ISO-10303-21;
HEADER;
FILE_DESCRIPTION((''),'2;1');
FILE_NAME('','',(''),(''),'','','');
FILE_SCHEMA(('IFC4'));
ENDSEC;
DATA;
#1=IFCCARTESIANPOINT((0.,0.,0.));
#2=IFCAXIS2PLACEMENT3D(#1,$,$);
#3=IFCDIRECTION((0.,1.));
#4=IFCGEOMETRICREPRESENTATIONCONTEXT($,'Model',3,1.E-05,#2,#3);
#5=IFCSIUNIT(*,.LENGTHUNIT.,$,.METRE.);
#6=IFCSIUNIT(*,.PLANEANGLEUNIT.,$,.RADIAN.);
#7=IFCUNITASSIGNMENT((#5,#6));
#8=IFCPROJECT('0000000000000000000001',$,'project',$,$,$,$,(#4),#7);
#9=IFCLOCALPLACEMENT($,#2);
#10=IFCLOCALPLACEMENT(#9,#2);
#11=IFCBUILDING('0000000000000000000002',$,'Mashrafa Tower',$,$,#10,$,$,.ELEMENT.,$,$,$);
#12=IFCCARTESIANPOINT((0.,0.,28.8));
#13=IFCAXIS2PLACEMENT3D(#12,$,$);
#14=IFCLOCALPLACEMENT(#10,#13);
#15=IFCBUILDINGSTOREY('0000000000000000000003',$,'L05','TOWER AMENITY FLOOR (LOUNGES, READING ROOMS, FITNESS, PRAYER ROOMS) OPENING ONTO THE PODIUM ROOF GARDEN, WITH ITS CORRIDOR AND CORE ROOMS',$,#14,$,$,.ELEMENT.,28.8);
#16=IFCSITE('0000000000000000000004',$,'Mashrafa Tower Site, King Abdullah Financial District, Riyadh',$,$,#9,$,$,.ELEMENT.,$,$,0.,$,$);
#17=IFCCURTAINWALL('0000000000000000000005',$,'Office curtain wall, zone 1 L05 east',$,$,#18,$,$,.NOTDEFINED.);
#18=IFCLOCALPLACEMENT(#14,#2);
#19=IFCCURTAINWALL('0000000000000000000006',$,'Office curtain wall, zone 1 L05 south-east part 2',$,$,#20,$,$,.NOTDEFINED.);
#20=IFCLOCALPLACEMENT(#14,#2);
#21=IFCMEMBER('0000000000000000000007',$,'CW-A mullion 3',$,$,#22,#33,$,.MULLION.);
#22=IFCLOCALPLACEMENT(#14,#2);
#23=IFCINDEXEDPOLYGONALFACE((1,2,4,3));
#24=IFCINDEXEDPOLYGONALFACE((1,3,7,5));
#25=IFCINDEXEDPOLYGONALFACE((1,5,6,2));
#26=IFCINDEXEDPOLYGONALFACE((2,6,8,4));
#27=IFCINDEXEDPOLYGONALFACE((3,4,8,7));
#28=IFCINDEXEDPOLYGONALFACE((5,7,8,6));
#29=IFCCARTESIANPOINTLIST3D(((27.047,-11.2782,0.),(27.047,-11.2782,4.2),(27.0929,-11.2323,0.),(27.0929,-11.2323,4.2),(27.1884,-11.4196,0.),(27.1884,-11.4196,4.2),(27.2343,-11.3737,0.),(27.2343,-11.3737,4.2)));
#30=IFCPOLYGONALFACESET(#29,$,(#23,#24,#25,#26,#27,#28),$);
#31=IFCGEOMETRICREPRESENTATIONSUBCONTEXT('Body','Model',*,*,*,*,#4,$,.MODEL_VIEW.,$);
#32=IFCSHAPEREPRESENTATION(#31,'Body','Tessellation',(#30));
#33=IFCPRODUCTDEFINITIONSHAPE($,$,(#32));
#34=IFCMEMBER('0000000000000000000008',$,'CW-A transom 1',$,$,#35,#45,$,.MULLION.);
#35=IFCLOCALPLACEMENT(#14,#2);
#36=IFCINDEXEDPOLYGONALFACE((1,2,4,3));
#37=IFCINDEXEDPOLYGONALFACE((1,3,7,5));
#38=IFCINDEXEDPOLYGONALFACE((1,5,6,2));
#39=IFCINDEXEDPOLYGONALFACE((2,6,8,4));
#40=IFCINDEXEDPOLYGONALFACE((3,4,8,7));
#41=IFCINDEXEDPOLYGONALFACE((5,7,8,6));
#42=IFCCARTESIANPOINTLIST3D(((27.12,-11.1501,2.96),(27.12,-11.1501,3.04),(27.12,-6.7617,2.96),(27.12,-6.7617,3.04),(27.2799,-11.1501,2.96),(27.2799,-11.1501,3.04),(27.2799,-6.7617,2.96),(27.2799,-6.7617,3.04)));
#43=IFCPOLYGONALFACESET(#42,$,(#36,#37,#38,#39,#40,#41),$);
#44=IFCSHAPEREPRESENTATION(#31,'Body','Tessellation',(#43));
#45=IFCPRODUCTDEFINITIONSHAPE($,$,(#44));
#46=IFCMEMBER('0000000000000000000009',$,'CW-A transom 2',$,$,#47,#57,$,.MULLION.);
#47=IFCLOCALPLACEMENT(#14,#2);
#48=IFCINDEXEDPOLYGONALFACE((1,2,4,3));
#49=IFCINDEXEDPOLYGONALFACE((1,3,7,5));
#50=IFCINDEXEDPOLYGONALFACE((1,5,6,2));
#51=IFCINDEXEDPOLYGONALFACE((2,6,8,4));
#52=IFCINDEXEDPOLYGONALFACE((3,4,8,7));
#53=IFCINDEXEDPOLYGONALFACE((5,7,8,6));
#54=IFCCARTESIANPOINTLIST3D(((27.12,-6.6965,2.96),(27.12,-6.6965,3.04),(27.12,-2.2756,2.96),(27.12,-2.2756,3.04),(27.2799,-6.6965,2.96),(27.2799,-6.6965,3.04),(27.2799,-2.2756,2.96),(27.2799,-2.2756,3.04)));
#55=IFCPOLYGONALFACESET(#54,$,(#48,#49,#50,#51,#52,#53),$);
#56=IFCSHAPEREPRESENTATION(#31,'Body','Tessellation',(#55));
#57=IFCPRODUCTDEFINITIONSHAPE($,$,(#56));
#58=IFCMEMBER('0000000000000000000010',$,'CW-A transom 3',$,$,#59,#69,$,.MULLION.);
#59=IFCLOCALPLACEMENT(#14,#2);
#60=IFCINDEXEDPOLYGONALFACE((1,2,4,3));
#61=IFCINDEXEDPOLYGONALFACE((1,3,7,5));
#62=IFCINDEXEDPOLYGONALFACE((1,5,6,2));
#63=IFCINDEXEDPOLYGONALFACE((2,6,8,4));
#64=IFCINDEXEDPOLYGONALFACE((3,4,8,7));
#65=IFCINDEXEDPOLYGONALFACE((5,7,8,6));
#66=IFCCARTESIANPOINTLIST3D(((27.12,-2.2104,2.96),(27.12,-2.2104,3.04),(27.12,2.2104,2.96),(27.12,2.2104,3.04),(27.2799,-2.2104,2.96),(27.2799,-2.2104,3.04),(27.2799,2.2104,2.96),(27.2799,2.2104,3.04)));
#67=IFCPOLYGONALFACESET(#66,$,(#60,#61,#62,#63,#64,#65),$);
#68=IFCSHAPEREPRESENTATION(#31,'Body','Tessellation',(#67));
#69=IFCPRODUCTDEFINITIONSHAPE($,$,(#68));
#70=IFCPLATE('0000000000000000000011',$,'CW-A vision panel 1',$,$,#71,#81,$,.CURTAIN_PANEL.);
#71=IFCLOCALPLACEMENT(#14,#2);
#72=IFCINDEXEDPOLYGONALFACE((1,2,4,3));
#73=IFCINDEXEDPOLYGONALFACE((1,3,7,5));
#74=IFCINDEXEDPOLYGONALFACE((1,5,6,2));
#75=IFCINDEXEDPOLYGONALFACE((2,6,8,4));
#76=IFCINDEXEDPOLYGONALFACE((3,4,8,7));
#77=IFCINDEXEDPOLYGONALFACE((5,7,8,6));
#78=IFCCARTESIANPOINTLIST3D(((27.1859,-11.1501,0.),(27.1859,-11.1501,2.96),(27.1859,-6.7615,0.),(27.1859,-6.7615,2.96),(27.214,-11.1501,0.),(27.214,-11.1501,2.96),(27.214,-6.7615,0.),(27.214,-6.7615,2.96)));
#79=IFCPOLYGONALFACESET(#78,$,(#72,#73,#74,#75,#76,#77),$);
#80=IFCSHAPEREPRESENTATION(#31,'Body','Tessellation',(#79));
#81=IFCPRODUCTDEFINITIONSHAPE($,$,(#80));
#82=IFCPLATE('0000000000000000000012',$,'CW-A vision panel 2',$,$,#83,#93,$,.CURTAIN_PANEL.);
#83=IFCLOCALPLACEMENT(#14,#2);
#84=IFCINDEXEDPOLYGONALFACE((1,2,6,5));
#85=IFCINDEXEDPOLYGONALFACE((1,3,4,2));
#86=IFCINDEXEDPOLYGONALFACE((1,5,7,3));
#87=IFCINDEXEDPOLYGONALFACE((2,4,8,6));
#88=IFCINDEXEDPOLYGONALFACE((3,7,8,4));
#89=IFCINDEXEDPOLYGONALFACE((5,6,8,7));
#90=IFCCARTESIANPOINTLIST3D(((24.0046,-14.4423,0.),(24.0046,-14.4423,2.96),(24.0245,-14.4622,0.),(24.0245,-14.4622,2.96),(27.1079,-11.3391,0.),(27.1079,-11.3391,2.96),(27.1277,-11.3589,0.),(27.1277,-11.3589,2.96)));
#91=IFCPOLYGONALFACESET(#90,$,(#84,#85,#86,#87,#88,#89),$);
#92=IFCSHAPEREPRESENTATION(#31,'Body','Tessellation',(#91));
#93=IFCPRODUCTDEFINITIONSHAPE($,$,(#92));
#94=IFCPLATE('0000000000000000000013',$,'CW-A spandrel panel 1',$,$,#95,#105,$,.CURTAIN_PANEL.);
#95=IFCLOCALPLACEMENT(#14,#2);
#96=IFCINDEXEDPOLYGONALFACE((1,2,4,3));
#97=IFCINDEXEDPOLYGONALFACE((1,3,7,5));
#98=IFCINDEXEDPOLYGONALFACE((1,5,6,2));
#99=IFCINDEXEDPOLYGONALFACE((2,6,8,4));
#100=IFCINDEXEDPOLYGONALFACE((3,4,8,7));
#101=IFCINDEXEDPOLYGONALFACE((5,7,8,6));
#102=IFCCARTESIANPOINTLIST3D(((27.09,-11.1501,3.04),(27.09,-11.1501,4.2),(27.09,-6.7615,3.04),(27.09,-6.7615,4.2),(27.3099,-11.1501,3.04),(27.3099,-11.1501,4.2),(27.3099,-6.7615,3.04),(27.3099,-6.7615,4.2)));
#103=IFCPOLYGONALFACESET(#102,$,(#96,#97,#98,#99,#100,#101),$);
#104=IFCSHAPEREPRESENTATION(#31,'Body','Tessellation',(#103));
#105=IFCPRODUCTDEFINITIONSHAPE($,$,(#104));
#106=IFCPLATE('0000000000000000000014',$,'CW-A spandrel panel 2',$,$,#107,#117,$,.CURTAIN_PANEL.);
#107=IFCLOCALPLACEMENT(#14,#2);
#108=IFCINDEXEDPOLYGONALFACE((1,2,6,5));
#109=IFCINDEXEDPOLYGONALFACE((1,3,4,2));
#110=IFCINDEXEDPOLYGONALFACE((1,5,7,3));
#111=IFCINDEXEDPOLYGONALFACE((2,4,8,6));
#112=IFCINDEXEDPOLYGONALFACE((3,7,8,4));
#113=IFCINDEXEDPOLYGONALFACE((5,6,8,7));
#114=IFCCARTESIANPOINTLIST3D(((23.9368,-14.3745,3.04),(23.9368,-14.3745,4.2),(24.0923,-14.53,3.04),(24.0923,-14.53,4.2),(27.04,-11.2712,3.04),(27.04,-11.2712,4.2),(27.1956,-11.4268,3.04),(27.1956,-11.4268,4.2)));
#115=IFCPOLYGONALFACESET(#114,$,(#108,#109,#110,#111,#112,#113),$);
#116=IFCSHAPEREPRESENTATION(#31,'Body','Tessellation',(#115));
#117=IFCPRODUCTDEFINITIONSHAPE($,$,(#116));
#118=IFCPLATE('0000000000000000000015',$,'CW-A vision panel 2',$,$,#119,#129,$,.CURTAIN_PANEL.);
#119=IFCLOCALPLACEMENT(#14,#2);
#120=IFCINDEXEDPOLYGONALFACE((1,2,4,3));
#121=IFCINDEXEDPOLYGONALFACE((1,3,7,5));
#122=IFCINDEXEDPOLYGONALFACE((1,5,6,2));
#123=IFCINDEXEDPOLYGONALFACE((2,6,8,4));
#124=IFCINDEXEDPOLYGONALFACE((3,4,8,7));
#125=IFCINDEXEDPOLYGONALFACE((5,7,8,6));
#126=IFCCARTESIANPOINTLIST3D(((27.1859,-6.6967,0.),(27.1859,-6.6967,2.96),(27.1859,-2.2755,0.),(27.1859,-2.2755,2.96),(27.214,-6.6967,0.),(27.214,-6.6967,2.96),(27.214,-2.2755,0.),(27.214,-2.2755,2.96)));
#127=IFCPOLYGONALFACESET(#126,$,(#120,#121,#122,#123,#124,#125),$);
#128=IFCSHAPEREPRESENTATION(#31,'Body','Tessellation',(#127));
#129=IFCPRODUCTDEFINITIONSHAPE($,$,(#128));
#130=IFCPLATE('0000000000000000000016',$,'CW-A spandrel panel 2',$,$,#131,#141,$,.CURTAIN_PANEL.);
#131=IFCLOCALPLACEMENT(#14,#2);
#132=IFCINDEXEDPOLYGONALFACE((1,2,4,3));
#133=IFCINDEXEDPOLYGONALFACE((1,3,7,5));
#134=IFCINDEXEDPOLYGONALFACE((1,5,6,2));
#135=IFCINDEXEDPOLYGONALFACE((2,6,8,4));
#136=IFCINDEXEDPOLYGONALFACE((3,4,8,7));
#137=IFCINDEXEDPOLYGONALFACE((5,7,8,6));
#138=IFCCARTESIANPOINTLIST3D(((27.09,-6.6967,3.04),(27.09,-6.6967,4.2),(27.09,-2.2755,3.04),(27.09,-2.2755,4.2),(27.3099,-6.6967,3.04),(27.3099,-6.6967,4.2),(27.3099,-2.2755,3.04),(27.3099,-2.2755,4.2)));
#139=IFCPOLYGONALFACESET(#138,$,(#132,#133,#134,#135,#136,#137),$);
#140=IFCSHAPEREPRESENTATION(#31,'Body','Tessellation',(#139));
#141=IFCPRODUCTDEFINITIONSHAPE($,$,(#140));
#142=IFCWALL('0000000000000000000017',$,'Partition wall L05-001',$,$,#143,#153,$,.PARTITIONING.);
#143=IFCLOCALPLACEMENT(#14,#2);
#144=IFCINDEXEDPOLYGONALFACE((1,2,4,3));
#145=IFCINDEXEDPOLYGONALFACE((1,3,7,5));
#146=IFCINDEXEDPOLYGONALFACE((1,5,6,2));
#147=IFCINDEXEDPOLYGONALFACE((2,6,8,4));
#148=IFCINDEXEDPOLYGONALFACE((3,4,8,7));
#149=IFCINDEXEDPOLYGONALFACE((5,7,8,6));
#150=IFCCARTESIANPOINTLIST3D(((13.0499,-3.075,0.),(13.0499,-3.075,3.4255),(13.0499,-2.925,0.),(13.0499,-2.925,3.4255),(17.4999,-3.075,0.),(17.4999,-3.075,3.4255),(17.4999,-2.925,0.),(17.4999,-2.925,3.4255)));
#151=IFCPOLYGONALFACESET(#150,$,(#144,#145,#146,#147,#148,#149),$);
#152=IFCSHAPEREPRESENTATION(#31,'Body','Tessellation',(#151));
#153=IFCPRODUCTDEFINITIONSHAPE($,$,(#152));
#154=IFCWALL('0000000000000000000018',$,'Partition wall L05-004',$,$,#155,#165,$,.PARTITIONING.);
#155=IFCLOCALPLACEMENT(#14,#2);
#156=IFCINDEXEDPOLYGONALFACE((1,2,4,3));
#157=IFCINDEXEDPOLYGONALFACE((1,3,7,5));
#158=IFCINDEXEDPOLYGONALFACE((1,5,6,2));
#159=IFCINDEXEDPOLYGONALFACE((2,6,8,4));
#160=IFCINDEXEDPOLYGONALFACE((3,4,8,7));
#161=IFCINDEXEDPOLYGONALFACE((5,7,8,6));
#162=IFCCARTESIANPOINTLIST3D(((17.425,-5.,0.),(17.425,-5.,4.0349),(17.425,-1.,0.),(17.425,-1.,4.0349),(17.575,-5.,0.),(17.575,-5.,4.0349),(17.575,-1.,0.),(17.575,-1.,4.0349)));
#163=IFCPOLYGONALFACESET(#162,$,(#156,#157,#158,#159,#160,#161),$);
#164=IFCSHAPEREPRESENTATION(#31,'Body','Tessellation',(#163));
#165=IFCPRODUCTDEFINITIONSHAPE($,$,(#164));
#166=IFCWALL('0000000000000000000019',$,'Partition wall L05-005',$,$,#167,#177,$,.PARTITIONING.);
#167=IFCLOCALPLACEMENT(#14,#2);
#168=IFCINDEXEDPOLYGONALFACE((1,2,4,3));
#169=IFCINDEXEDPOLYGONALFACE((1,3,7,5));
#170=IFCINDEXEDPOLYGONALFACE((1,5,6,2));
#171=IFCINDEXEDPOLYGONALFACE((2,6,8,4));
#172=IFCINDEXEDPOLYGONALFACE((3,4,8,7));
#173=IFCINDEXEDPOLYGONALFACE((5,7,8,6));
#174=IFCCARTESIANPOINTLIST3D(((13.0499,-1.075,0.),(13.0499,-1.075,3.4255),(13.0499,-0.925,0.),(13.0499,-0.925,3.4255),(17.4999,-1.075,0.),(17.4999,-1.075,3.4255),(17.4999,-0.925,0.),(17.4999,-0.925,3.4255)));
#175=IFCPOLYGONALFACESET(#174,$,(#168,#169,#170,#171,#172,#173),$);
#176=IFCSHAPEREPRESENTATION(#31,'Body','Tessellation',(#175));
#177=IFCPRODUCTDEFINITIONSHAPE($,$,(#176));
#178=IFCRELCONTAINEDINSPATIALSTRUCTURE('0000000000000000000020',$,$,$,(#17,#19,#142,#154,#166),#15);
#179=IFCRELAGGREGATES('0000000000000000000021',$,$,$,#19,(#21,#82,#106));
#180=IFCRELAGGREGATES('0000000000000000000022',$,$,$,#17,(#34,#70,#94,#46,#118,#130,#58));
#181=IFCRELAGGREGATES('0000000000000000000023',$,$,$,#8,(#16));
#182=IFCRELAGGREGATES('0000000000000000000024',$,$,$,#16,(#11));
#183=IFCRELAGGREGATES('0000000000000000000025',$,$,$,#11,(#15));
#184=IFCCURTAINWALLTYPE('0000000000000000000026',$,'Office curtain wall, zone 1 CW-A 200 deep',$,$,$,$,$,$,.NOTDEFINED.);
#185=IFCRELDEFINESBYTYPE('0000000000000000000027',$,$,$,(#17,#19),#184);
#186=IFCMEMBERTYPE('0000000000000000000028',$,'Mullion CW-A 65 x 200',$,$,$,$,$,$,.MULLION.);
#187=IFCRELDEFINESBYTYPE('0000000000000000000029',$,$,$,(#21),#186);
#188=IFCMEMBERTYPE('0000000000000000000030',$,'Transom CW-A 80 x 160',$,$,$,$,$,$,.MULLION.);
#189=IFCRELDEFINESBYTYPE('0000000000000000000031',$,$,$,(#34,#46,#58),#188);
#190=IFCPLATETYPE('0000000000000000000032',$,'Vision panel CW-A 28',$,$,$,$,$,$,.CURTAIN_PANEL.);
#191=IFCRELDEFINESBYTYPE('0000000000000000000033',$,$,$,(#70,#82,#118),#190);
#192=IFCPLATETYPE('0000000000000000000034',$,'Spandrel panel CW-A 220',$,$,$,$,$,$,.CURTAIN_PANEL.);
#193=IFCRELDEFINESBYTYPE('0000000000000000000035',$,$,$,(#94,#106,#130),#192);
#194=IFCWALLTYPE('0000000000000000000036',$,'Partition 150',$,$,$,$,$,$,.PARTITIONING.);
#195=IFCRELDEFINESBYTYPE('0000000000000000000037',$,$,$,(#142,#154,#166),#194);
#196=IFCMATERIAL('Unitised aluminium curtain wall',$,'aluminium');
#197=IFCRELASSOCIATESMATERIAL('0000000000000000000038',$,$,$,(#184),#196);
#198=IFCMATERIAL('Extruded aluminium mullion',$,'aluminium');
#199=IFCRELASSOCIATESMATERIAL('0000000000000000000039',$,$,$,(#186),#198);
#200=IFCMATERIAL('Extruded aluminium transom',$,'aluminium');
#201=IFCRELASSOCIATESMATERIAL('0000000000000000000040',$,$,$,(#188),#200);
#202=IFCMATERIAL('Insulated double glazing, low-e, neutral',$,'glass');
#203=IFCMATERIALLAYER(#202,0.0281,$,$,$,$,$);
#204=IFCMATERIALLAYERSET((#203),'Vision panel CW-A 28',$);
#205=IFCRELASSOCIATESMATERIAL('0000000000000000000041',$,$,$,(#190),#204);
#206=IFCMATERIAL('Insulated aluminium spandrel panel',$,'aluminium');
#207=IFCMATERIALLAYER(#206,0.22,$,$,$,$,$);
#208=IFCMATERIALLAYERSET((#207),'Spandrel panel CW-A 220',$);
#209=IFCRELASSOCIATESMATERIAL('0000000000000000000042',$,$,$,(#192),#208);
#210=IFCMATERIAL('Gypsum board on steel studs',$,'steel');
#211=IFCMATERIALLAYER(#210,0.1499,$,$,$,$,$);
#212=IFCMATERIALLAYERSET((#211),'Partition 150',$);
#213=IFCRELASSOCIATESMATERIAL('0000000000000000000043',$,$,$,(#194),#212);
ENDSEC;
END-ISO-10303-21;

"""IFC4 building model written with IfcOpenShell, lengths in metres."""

from ifc_helpers import new_model, si_unit, direction, frame, frame_2d, origin, origin_2d, place, context, subcontext, project, spatial, rectangle, extrude, source, transform, mapped, material, layer, layer_set, material_profile, profile_set, type_object, type_shapes, element, aggregate, save


model = new_model("IFC4")

# Units and contexts
model_context = context("Model", 3, precision=1e-05, world=origin(), true_north=direction((0.0, 1.0)))
body_context = subcontext(model_context, "Body", "Model", "MODEL_VIEW")
ifc_project = project(units=[si_unit("LENGTHUNIT", "METRE"), si_unit("PLANEANGLEUNIT", "RADIAN")], contexts=[model_context])

# Site, building, storey
site_placement = place(None, origin())
site = spatial("IfcSite", under=ifc_project, at=site_placement, Name="Mashrafa Tower Site, King Abdullah Financial District, Riyadh", CompositionType="ELEMENT", RefElevation=0.0)
building_placement = place(site_placement, origin())
building = spatial("IfcBuilding", under=site, at=building_placement, Name="Mashrafa Tower", CompositionType="ELEMENT")
storey_placement = place(building_placement, frame((0.0, 0.0, 28.8)))
storey = spatial("IfcBuildingStorey", under=building, at=storey_placement, Name="L05", Description="TOWER AMENITY FLOOR (LOUNGES, READING ROOMS, FITNESS, PRAYER ROOMS) OPENING ONTO THE PODIUM ROOF GARDEN, WITH ITS CORRIDOR AND CORE ROOMS", CompositionType="ELEMENT", Elevation=28.8)

# Curtain wall
ifc_material_1 = material(Name="Unitised aluminium curtain wall", Category="aluminium")
curtain_wall_type = type_object("IfcCurtainWallType", Name="Office curtain wall, zone 1 CW-A 200 deep", PredefinedType="NOTDEFINED", material=ifc_material_1)
curtain_wall_1_placement = place(storey_placement, origin())
curtain_wall_1 = element("IfcCurtainWall", 1, at=curtain_wall_1_placement, inside=storey, type_object=curtain_wall_type, Name="Office curtain wall, zone 1 L05 east", PredefinedType="NOTDEFINED")
ifc_material_2 = material(Name="Extruded aluminium mullion", Category="aluminium")
ifc_material_profile_1 = material_profile(ifc_material_2, rectangle(XDim=0.2, YDim=0.0649, at=origin_2d()), Name="Mullion 65x200")
ifc_profile_set_1 = profile_set([ifc_material_profile_1], Name="Extruded aluminium mullion")
member_type_1 = type_object("IfcMemberType", Name="Mullion CW-A 65 x 200", PredefinedType="MULLION", material=ifc_profile_set_1)
shared_shape_1 = source(origin(), body_context, "Body", "SweptSolid", [
    extrude(rectangle(XDim=0.2, YDim=0.0649, at=origin_2d()), origin(), (0.0, 0.0, 1.0), 4.2),
])
type_shapes(member_type_1, [shared_shape_1])

# Curtain wall, member
curtain_wall_2_placement = place(storey_placement, origin())
curtain_wall_2 = element("IfcCurtainWall", 2, at=curtain_wall_2_placement, inside=storey, type_object=curtain_wall_type, Name="Office curtain wall, zone 1 L05 south-east part 2", PredefinedType="NOTDEFINED")
member_1_placement = place(storey_placement, frame((27.1406, -11.3259, 0.0), z_axis=(0.0, 0.0, 1.0), x_axis=(-0.707107, 0.707107, 0.0)))
member_1 = element("IfcMember", 3, at=member_1_placement, type_object=member_type_1, Name="CW-A mullion 3", PredefinedType="MULLION", context=body_context, shape_type="MappedRepresentation", body=[
    mapped(shared_shape_1, transform((0.0, 0.0, 0.0))),
])

# Members
ifc_material_3 = material(Name="Extruded aluminium transom", Category="aluminium")
ifc_material_profile_2 = material_profile(ifc_material_3, rectangle(XDim=0.1599, YDim=0.0801, at=origin_2d()), Name="Transom 80x160")
ifc_profile_set_2 = profile_set([ifc_material_profile_2], Name="Extruded aluminium transom")
member_type_2 = type_object("IfcMemberType", Name="Transom CW-A 80 x 160", PredefinedType="MULLION", material=ifc_profile_set_2)
shared_shape_2 = source(origin(), body_context, "Body", "SweptSolid", [
    extrude(rectangle(XDim=0.1599, YDim=0.0801, at=origin_2d()), origin(), (0.0, 0.0, 1.0), 4.3884),
])
member_2_placement = place(storey_placement, frame((27.2, -11.1501, 3.0), z_axis=(0.0, 1.0, 0.0), x_axis=(-1.0, 0.0, 0.0)))
member_2 = element("IfcMember", 4, at=member_2_placement, type_object=member_type_2, Name="CW-A transom 1", PredefinedType="MULLION", context=body_context, shape_type="MappedRepresentation", body=[
    mapped(shared_shape_2, transform((0.0, 0.0, 0.0))),
])
shared_shape_3 = source(origin(), body_context, "Body", "SweptSolid", [
    extrude(rectangle(XDim=0.1599, YDim=0.0801, at=origin_2d()), origin(), (0.0, 0.0, 1.0), 4.4209),
])
type_shapes(member_type_2, [shared_shape_2, shared_shape_3])
member_3_placement = place(storey_placement, frame((27.2, -6.6965, 3.0), z_axis=(0.0, 1.0, 0.0), x_axis=(-1.0, 0.0, 0.0)))
member_3 = element("IfcMember", 5, at=member_3_placement, type_object=member_type_2, Name="CW-A transom 2", PredefinedType="MULLION", context=body_context, shape_type="MappedRepresentation", body=[
    mapped(shared_shape_3, transform((0.0, 0.0, 0.0))),
])
member_4_placement = place(storey_placement, frame((27.2, -2.2104, 3.0), z_axis=(0.0, 1.0, 0.0), x_axis=(-1.0, 0.0, 0.0)))
member_4 = element("IfcMember", 6, at=member_4_placement, type_object=member_type_2, Name="CW-A transom 3", PredefinedType="MULLION", context=body_context, shape_type="MappedRepresentation", body=[
    mapped(shared_shape_3, transform((0.0, 0.0, 0.0))),
])

# Plates
ifc_material_4 = material(Name="Insulated double glazing, low-e, neutral", Category="glass")
ifc_layer_1 = layer(ifc_material_4, 0.0281)
ifc_layer_set_1 = layer_set([ifc_layer_1], Name="Vision panel CW-A 28")
plate_type_1 = type_object("IfcPlateType", Name="Vision panel CW-A 28", PredefinedType="CURTAIN_PANEL", material=ifc_layer_set_1)
shared_shape_4 = source(origin(), body_context, "Body", "SweptSolid", [
    extrude(rectangle(XDim=4.3887, YDim=0.0281, at=origin_2d()), origin(), (0.0, 0.0, 1.0), 2.96),
])
plate_1_placement = place(storey_placement, frame((27.2, -8.9558, 0.0), z_axis=(0.0, 0.0, 1.0), x_axis=(0.0, 1.0, 0.0)))
plate_1 = element("IfcPlate", 7, at=plate_1_placement, type_object=plate_type_1, Name="CW-A vision panel 1", PredefinedType="CURTAIN_PANEL", context=body_context, shape_type="MappedRepresentation", body=[
    mapped(shared_shape_4, transform((0.0, 0.0, 0.0))),
])
plate_2_placement = place(storey_placement, frame((25.5662, -12.9006, 0.0), z_axis=(0.0, 0.0, 1.0), x_axis=(0.707107, 0.707107, 0.0)))
plate_2 = element("IfcPlate", 8, at=plate_2_placement, type_object=plate_type_1, Name="CW-A vision panel 2", PredefinedType="CURTAIN_PANEL", context=body_context, shape_type="MappedRepresentation", body=[
    mapped(shared_shape_4, transform((0.0, 0.0, 0.0))),
])
ifc_material_5 = material(Name="Insulated aluminium spandrel panel", Category="aluminium")
ifc_layer_2 = layer(ifc_material_5, 0.22)
ifc_layer_set_2 = layer_set([ifc_layer_2], Name="Spandrel panel CW-A 220")
plate_type_2 = type_object("IfcPlateType", Name="Spandrel panel CW-A 220", PredefinedType="CURTAIN_PANEL", material=ifc_layer_set_2)
shared_shape_5 = source(origin(), body_context, "Body", "SweptSolid", [
    extrude(rectangle(XDim=4.3887, YDim=0.22, at=origin_2d()), origin(), (0.0, 0.0, 1.0), 1.1599),
])
plate_3_placement = place(storey_placement, frame((27.2, -8.9558, 3.04), z_axis=(0.0, 0.0, 1.0), x_axis=(0.0, 1.0, 0.0)))
plate_3 = element("IfcPlate", 9, at=plate_3_placement, type_object=plate_type_2, Name="CW-A spandrel panel 1", PredefinedType="CURTAIN_PANEL", context=body_context, shape_type="MappedRepresentation", body=[
    mapped(shared_shape_5, transform((0.0, 0.0, 0.0))),
])
plate_4_placement = place(storey_placement, frame((25.5662, -12.9006, 3.04), z_axis=(0.0, 0.0, 1.0), x_axis=(0.707107, 0.707107, 0.0)))
plate_4 = element("IfcPlate", 10, at=plate_4_placement, type_object=plate_type_2, Name="CW-A spandrel panel 2", PredefinedType="CURTAIN_PANEL", context=body_context, shape_type="MappedRepresentation", body=[
    mapped(shared_shape_5, transform((0.0, 0.0, 0.0))),
])
aggregate(curtain_wall_2, [member_1, plate_2, plate_4])
shared_shape_6 = source(origin(), body_context, "Body", "SweptSolid", [
    extrude(rectangle(XDim=4.4211, YDim=0.0281, at=origin_2d()), origin(), (0.0, 0.0, 1.0), 2.96),
])
type_shapes(plate_type_1, [shared_shape_4, shared_shape_6])
plate_5_placement = place(storey_placement, frame((27.2, -4.4861, 0.0), z_axis=(0.0, 0.0, 1.0), x_axis=(0.0, 1.0, 0.0)))
plate_5 = element("IfcPlate", 11, at=plate_5_placement, type_object=plate_type_1, Name="CW-A vision panel 2", PredefinedType="CURTAIN_PANEL", context=body_context, shape_type="MappedRepresentation", body=[
    mapped(shared_shape_6, transform((0.0, 0.0, 0.0))),
])
shared_shape_7 = source(origin(), body_context, "Body", "SweptSolid", [
    extrude(rectangle(XDim=4.4211, YDim=0.22, at=origin_2d()), origin(), (0.0, 0.0, 1.0), 1.1599),
])
type_shapes(plate_type_2, [shared_shape_5, shared_shape_7])
plate_6_placement = place(storey_placement, frame((27.2, -4.4861, 3.04), z_axis=(0.0, 0.0, 1.0), x_axis=(0.0, 1.0, 0.0)))
plate_6 = element("IfcPlate", 12, at=plate_6_placement, type_object=plate_type_2, Name="CW-A spandrel panel 2", PredefinedType="CURTAIN_PANEL", context=body_context, shape_type="MappedRepresentation", body=[
    mapped(shared_shape_7, transform((0.0, 0.0, 0.0))),
])
aggregate(curtain_wall_1, [member_2, plate_1, plate_3, member_3, plate_5, plate_6, member_4])

# Walls
ifc_material_6 = material(Name="Gypsum board on steel studs", Category="steel")
ifc_layer_3 = layer(ifc_material_6, 0.1499)
ifc_layer_set_3 = layer_set([ifc_layer_3], Name="Partition 150")
wall_type = type_object("IfcWallType", Name="Partition 150", PredefinedType="PARTITIONING", material=ifc_layer_set_3)
wall_1_placement = place(storey_placement, frame((17.5, -3.0, 0.0), z_axis=(0.0, 0.0, 1.0), x_axis=(-1.0, 0.0, 0.0)))
element("IfcWall", 13, at=wall_1_placement, inside=storey, type_object=wall_type, Name="Partition wall L05-001", PredefinedType="PARTITIONING", context=body_context, shape_type="SweptSolid", body=[
    extrude(rectangle(XDim=4.45, YDim=0.1499, at=frame_2d((2.2251, 0.0))), origin(), (0.0, 0.0, 1.0), 3.4255),
])
wall_2_placement = place(storey_placement, frame((17.5, -5.0, 0.0), z_axis=(0.0, 0.0, 1.0), x_axis=(0.0, 1.0, 0.0)))
element("IfcWall", 14, at=wall_2_placement, inside=storey, type_object=wall_type, Name="Partition wall L05-004", PredefinedType="PARTITIONING", context=body_context, shape_type="SweptSolid", body=[
    extrude(rectangle(XDim=4.0, YDim=0.1499, at=frame_2d((2.0, 0.0))), origin(), (0.0, 0.0, 1.0), 4.0349),
])
wall_3_placement = place(storey_placement, frame((17.5, -1.0, 0.0), z_axis=(0.0, 0.0, 1.0), x_axis=(-1.0, 0.0, 0.0)))
element("IfcWall", 15, at=wall_3_placement, inside=storey, type_object=wall_type, Name="Partition wall L05-005", PredefinedType="PARTITIONING", context=body_context, shape_type="SweptSolid", body=[
    extrude(rectangle(XDim=4.45, YDim=0.1499, at=frame_2d((2.2251, 0.0))), origin(), (0.0, 0.0, 1.0), 3.4255),
])

save(model, "model.ifc")
